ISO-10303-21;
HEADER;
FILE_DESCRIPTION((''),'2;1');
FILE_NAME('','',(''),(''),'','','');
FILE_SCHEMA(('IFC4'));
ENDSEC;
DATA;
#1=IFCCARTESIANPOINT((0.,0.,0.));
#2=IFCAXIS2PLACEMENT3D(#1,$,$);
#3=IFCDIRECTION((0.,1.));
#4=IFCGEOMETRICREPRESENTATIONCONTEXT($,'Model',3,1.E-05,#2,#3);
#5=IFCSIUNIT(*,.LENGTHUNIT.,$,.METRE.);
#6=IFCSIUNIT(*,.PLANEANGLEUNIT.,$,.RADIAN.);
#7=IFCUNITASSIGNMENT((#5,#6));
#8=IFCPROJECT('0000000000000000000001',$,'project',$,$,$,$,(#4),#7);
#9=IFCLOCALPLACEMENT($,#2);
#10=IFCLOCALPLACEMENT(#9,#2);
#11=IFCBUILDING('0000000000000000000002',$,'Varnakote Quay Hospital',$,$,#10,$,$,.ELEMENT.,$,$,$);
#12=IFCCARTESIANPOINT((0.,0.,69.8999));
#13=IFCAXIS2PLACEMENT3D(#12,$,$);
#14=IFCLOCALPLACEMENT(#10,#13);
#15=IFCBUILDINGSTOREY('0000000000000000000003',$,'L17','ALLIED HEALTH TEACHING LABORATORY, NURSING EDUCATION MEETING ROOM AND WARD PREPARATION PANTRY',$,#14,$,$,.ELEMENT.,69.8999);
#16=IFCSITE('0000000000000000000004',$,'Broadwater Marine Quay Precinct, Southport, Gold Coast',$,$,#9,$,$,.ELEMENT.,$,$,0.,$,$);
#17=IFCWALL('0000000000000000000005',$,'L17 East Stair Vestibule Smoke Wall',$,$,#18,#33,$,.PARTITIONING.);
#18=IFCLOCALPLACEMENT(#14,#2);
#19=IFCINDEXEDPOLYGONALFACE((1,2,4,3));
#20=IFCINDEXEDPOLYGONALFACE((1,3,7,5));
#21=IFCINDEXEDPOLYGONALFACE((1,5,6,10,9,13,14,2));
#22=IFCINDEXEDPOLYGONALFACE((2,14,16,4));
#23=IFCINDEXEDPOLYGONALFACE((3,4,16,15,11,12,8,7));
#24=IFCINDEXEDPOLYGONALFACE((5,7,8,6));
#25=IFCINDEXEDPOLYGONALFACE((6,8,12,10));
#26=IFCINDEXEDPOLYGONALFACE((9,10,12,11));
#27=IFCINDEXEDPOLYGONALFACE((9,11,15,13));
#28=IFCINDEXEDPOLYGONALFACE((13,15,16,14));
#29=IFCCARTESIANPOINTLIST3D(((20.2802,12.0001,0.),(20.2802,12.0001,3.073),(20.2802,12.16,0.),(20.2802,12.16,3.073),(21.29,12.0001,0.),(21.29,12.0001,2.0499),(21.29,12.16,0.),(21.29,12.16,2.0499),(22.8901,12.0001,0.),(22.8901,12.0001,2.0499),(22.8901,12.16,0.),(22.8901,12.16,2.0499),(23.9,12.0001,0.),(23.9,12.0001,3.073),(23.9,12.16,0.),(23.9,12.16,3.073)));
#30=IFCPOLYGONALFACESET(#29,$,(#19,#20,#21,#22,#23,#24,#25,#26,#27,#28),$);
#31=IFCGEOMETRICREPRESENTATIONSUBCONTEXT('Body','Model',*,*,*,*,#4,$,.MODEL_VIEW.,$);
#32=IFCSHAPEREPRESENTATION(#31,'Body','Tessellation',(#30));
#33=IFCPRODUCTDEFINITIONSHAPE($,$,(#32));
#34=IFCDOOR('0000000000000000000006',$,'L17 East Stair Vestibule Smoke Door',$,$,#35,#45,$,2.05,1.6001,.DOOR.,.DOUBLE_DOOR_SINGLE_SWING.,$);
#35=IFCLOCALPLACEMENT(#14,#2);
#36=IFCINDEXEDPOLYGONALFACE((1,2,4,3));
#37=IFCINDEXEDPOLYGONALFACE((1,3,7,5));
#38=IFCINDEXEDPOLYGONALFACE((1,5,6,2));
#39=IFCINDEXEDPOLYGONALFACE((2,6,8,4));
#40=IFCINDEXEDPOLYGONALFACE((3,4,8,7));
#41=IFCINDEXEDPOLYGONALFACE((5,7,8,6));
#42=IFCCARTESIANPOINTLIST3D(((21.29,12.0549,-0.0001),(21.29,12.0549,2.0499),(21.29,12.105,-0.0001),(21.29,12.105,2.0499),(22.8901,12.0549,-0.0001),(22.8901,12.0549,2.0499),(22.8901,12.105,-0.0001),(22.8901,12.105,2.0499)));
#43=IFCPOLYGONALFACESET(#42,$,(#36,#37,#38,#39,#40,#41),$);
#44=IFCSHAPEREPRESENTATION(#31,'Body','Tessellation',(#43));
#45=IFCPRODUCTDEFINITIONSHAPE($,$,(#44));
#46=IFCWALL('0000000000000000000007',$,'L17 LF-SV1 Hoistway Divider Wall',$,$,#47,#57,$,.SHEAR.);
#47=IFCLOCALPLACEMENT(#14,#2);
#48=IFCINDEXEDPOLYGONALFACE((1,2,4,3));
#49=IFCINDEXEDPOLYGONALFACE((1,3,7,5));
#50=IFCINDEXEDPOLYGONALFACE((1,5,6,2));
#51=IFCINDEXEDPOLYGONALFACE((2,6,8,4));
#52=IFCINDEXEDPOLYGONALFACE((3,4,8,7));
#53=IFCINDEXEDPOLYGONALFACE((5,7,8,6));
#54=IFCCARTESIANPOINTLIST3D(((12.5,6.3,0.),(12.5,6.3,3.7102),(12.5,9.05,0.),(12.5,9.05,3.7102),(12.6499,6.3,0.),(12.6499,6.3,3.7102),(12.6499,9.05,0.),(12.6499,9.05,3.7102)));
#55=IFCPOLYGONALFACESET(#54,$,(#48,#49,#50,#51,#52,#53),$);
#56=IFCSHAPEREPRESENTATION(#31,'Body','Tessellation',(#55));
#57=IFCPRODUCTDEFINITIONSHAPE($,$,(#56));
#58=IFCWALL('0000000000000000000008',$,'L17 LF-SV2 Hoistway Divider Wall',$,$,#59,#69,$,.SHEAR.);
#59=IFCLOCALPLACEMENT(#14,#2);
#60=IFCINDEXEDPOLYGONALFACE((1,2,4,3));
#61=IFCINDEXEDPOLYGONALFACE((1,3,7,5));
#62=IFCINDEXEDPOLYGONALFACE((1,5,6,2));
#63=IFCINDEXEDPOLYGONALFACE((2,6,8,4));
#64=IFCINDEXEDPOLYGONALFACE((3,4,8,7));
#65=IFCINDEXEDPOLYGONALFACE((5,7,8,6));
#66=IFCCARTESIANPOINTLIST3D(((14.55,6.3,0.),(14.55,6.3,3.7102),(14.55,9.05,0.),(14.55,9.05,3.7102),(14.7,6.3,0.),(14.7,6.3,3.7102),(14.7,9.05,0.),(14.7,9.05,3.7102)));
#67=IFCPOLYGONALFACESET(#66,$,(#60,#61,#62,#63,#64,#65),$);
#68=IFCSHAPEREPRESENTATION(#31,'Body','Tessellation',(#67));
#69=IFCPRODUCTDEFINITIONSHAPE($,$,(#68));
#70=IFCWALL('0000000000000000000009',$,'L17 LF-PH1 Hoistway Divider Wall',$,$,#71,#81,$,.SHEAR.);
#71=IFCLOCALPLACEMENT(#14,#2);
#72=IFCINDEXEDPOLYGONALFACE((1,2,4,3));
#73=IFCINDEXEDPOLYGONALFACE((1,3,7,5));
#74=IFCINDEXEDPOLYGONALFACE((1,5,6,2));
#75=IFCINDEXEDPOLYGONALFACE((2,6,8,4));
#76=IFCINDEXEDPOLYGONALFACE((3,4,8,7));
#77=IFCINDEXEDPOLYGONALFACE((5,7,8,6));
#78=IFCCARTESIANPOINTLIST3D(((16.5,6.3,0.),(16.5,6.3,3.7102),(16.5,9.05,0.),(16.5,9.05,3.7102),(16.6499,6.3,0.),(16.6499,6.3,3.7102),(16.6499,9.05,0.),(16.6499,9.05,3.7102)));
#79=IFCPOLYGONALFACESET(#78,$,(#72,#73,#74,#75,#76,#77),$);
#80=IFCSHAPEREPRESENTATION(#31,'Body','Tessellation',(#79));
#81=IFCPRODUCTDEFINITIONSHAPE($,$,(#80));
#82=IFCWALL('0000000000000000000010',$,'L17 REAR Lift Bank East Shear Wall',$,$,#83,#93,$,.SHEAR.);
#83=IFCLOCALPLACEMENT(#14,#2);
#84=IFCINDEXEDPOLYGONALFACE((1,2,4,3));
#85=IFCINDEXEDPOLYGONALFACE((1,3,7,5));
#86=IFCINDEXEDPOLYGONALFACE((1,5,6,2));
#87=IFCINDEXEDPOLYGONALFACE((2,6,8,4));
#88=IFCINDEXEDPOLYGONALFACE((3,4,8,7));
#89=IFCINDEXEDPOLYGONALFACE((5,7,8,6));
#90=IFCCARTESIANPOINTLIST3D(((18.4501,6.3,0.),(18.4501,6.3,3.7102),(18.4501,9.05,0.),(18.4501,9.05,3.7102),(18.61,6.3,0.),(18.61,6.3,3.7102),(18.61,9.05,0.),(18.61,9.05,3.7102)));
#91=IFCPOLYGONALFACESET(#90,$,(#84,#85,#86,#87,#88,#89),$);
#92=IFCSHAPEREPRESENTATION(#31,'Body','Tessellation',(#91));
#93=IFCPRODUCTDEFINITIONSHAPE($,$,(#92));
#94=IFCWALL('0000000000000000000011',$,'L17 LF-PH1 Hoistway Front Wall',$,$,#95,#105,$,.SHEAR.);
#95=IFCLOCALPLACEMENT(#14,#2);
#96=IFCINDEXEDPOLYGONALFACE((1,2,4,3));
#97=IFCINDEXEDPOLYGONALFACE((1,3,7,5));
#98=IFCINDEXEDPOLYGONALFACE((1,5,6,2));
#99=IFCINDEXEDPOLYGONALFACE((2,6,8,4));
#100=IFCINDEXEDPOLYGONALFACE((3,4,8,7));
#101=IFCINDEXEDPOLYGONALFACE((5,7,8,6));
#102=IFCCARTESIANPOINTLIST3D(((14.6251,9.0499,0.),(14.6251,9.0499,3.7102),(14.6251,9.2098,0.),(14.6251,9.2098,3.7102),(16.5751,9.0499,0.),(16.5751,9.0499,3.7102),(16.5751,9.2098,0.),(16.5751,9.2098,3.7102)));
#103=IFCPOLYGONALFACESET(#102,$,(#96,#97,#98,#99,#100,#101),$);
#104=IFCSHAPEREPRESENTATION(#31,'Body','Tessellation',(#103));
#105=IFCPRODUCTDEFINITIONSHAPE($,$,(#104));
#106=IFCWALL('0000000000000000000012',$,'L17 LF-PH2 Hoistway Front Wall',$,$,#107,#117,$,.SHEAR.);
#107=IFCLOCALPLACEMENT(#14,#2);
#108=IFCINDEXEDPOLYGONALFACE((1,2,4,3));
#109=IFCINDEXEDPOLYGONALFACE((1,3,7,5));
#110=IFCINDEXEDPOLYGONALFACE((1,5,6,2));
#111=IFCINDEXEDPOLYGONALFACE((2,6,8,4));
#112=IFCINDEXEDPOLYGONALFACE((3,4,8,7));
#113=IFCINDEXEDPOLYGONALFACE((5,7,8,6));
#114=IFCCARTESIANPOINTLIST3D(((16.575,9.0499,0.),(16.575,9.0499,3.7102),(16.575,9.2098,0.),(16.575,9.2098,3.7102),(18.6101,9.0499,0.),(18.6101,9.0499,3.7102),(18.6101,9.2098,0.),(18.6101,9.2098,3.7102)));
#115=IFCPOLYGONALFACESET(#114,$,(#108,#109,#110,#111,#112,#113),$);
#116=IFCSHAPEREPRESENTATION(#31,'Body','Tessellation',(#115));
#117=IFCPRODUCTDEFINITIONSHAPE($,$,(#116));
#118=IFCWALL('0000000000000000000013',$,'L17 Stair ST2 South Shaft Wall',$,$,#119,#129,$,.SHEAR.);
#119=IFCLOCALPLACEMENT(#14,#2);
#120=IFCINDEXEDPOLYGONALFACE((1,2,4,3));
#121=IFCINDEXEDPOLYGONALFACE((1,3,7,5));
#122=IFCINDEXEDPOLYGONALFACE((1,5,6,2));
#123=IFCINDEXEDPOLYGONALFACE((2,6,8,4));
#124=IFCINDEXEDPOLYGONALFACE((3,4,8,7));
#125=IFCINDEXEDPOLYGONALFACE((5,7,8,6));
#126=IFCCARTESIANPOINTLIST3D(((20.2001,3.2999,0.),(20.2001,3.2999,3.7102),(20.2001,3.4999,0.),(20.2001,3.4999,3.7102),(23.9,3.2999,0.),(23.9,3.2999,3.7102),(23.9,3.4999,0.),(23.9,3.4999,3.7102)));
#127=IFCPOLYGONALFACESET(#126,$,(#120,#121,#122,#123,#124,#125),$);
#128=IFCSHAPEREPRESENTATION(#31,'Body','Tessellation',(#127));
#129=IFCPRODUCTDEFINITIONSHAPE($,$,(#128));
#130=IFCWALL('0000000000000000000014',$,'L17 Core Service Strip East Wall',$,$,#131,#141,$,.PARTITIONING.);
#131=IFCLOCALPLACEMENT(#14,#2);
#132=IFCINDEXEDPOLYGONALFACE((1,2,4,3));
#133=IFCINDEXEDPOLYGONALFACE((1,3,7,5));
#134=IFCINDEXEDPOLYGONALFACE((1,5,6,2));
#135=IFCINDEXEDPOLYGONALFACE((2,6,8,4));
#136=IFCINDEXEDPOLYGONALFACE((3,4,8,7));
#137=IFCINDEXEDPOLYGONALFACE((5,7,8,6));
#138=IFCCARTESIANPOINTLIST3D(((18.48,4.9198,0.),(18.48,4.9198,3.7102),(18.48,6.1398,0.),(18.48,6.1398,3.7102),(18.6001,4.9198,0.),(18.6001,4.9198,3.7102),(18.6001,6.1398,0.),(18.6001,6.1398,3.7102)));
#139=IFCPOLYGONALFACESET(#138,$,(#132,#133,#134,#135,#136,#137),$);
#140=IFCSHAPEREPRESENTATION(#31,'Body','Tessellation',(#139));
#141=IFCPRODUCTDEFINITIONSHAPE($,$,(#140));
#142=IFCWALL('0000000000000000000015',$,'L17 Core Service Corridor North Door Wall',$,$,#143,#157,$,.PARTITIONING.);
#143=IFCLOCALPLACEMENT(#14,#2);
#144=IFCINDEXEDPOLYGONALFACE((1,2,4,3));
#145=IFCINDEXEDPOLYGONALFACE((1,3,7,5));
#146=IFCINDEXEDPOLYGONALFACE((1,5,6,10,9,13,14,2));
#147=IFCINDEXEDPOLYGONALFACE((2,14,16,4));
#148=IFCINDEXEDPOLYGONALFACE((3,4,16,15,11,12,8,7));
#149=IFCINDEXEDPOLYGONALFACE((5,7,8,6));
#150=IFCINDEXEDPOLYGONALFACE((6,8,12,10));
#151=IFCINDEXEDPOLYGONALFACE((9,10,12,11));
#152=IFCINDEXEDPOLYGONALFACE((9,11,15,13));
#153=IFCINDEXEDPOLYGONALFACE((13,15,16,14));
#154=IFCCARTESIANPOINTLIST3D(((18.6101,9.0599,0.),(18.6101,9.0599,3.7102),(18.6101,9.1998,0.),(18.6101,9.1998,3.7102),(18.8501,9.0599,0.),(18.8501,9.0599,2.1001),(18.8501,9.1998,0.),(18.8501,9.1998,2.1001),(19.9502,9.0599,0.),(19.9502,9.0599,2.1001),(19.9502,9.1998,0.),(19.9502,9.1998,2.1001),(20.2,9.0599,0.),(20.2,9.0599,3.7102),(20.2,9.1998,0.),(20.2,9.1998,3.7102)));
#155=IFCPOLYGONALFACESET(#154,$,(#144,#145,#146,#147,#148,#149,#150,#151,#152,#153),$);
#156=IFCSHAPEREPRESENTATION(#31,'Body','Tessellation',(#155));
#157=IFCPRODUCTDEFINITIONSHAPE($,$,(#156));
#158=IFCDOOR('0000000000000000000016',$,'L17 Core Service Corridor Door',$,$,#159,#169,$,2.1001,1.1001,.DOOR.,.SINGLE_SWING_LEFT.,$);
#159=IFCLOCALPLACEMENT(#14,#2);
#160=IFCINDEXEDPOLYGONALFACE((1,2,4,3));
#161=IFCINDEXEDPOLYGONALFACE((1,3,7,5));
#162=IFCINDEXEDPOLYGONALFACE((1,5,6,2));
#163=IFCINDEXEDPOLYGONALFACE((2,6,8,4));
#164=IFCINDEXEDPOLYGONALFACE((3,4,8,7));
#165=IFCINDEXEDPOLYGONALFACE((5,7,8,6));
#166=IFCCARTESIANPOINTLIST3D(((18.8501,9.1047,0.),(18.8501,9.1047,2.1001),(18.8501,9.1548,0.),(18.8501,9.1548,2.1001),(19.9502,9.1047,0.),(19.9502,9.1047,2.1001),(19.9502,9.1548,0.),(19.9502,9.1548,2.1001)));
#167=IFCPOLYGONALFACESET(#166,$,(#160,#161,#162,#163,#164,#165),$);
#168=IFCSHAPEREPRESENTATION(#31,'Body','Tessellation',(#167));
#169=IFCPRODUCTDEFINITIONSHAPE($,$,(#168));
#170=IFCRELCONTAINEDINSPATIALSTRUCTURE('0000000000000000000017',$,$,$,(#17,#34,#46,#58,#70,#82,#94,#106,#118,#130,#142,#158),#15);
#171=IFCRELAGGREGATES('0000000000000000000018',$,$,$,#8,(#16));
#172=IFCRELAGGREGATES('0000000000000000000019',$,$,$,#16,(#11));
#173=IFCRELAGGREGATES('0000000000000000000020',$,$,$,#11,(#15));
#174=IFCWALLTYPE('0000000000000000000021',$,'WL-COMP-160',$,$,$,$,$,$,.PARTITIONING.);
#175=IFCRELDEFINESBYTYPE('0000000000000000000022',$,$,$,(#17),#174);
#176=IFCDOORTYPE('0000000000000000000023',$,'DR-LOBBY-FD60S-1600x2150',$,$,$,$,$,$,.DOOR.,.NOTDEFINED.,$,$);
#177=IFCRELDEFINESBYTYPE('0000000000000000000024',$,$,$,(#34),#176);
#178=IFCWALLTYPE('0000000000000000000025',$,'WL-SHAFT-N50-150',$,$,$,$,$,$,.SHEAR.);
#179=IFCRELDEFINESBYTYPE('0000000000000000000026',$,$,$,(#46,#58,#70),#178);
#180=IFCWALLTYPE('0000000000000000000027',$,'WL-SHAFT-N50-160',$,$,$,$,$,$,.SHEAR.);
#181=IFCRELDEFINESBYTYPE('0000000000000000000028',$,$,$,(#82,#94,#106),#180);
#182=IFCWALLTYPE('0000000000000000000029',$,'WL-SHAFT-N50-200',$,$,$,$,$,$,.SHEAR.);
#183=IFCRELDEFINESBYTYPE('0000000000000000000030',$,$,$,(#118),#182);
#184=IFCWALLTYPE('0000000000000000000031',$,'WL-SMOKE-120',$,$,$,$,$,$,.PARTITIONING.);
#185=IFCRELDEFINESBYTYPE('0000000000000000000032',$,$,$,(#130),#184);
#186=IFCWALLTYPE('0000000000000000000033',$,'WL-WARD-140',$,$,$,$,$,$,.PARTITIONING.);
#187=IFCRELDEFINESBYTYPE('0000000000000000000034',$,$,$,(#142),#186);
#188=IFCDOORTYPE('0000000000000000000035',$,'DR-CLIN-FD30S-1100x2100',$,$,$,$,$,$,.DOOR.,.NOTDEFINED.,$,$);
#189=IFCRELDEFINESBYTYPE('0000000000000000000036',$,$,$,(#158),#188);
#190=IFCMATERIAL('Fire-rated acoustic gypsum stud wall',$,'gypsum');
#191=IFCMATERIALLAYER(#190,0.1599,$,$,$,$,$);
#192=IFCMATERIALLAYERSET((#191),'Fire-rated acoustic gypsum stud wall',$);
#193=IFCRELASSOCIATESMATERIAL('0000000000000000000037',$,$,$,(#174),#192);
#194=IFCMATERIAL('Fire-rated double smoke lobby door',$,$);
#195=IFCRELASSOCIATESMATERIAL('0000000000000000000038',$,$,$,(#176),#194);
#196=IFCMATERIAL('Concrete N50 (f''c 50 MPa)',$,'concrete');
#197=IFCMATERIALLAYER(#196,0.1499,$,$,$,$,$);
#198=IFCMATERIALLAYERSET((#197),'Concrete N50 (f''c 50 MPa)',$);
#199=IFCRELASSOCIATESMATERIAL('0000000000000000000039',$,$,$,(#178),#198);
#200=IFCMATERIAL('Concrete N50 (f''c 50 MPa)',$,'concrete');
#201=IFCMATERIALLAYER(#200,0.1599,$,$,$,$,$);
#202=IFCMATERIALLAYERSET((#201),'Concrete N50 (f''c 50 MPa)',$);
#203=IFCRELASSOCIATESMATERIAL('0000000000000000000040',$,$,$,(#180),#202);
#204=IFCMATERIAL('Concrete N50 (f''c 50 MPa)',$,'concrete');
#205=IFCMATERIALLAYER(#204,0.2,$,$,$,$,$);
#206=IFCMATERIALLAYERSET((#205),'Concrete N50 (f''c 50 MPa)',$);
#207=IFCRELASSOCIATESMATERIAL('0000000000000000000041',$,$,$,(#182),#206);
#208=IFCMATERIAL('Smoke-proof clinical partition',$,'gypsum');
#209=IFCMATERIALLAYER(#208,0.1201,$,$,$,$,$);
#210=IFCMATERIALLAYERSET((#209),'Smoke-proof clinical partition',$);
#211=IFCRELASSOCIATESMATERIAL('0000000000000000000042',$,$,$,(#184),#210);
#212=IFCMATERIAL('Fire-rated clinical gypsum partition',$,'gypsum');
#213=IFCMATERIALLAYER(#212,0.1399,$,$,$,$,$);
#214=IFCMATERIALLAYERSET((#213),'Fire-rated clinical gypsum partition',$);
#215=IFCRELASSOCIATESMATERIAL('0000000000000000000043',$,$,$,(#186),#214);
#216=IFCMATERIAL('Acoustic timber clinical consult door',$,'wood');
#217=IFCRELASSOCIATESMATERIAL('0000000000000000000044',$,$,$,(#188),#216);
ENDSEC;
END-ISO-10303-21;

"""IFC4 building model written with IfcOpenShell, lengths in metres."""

from ifc_helpers import new_model, si_unit, direction, frame, frame_2d, origin, place, context, subcontext, project, spatial, rectangle, extrude, material, layer, layer_set, type_object, element, fill, save


model = new_model("IFC4")

# Units and contexts
model_context = context("Model", 3, precision=1e-05, world=origin(), true_north=direction((0.0, 1.0)))
body_context = subcontext(model_context, "Body", "Model", "MODEL_VIEW")
ifc_project = project(units=[si_unit("LENGTHUNIT", "METRE"), si_unit("PLANEANGLEUNIT", "RADIAN")], contexts=[model_context])

# Site, building, storey
site_placement = place(None, origin())
site = spatial("IfcSite", under=ifc_project, at=site_placement, Name="Broadwater Marine Quay Precinct, Southport, Gold Coast", CompositionType="ELEMENT", RefElevation=0.0)
building_placement = place(site_placement, origin())
building = spatial("IfcBuilding", under=site, at=building_placement, Name="Varnakote Quay Hospital", CompositionType="ELEMENT")
storey_placement = place(building_placement, frame((0.0, 0.0, 69.8999)))
storey = spatial("IfcBuildingStorey", under=building, at=storey_placement, Name="L17", Description="ALLIED HEALTH TEACHING LABORATORY, NURSING EDUCATION MEETING ROOM AND WARD PREPARATION PANTRY", CompositionType="ELEMENT", Elevation=69.8999)

# Shared definitions
ifc_material_1 = material(Name="Fire-rated acoustic gypsum stud wall", Category="gypsum")
ifc_layer_1 = layer(ifc_material_1, 0.1599)
ifc_layer_set_1 = layer_set([ifc_layer_1], Name="Fire-rated acoustic gypsum stud wall")
wall_type_1 = type_object("IfcWallType", Name="WL-COMP-160", PredefinedType="PARTITIONING", material=ifc_layer_set_1)

# Shared definitions
ifc_material_2 = material(Name="Fire-rated double smoke lobby door")
door_type_1 = type_object("IfcDoorType", Name="DR-LOBBY-FD60S-1600x2150", OperationType="NOTDEFINED", PredefinedType="DOOR", material=ifc_material_2)

# Wall, opening, door
wall_1_placement = place(storey_placement, frame((20.28, 12.0801, 0.0), z_axis=(0.0, 0.0, 1.0), x_axis=(1.0, 0.0, 0.0)))
wall_1 = element("IfcWall", 1, at=wall_1_placement, inside=storey, type_object=wall_type_1, Name="L17 East Stair Vestibule Smoke Wall", PredefinedType="PARTITIONING", context=body_context, shape_type="SweptSolid", body=[
    extrude(rectangle(XDim=3.6199, YDim=0.1599, at=frame_2d((1.8101, 0.0))), origin(), (0.0, 0.0, 1.0), 3.073),
])
opening_1_placement = place(wall_1_placement, frame((1.01, 0.0, 0.0)))
opening_1 = element("IfcOpeningElement", 2, at=opening_1_placement, cuts=wall_1, PredefinedType="OPENING", context=body_context, shape_type="SweptSolid", body=[
    extrude(rectangle(XDim=1.6001, YDim=2.05, at=frame_2d((0.8, 1.0249))), frame((0.0, 0.0898, 0.0), z_axis=(0.0, -1.0, 0.0), x_axis=(1.0, 0.0, 0.0)), (0.0, 0.0, 1.0), 0.1799),
])
door_1_placement = place(opening_1_placement, origin())
door_1 = element("IfcDoor", 3, at=door_1_placement, inside=storey, type_object=door_type_1, Name="L17 East Stair Vestibule Smoke Door", OperationType="DOUBLE_DOOR_SINGLE_SWING", OverallHeight=2.05, OverallWidth=1.6001, PredefinedType="DOOR", context=body_context, shape_type="SweptSolid", body=[
    extrude(rectangle(XDim=1.6001, YDim=2.05, at=frame_2d((0.8, 1.0249))), frame((0.0, 0.0249, 0.0), z_axis=(0.0, -1.0, 0.0), x_axis=(1.0, 0.0, 0.0)), (0.0, 0.0, 1.0), 0.05),
])
fill(opening_1, door_1)

# Walls
ifc_material_3 = material(Name="Concrete N50 (f'c 50 MPa)", Category="concrete")
ifc_layer_2 = layer(ifc_material_3, 0.1499)
ifc_layer_set_2 = layer_set([ifc_layer_2], Name="Concrete N50 (f'c 50 MPa)")
wall_type_2 = type_object("IfcWallType", Name="WL-SHAFT-N50-150", PredefinedType="SHEAR", material=ifc_layer_set_2)
for number, where, z_axis, x_axis, name in (
    (4, (12.575, 6.3, 0.0), (0.0, 0.0, 1.0), (0.0, 1.0, 0.0), "L17 LF-SV1 Hoistway Divider Wall"),
    (5, (14.625, 6.3, 0.0), (0.0, 0.0, 1.0), (0.0, 1.0, 0.0), "L17 LF-SV2 Hoistway Divider Wall"),
    (6, (16.575, 6.3, 0.0), (0.0, 0.0, 1.0), (0.0, 1.0, 0.0), "L17 LF-PH1 Hoistway Divider Wall"),
):
    element("IfcWall", number, at=place(storey_placement, frame(where, z_axis=z_axis, x_axis=x_axis)), inside=storey, type_object=wall_type_2, Name=name, PredefinedType="SHEAR", context=body_context, shape_type="SweptSolid", body=[
        extrude(rectangle(XDim=2.75, YDim=0.1499, at=frame_2d((1.375, 0.0))), origin(), (0.0, 0.0, 1.0), 3.7102),
    ])
ifc_material_4 = material(Name="Concrete N50 (f'c 50 MPa)", Category="concrete")
ifc_layer_3 = layer(ifc_material_4, 0.1599)
ifc_layer_set_3 = layer_set([ifc_layer_3], Name="Concrete N50 (f'c 50 MPa)")
wall_type_3 = type_object("IfcWallType", Name="WL-SHAFT-N50-160", PredefinedType="SHEAR", material=ifc_layer_set_3)
wall_2_placement = place(storey_placement, frame((18.53, 6.3, 0.0), z_axis=(0.0, 0.0, 1.0), x_axis=(0.0, 1.0, 0.0)))
element("IfcWall", 7, at=wall_2_placement, inside=storey, type_object=wall_type_3, Name="L17 REAR Lift Bank East Shear Wall", PredefinedType="SHEAR", context=body_context, shape_type="SweptSolid", body=[
    extrude(rectangle(XDim=2.75, YDim=0.1599, at=frame_2d((1.375, 0.0))), origin(), (0.0, 0.0, 1.0), 3.7102),
])

# Walls
wall_3_placement = place(storey_placement, frame((14.625, 9.1299, 0.0), z_axis=(0.0, 0.0, 1.0), x_axis=(1.0, 0.0, 0.0)))
element("IfcWall", 8, at=wall_3_placement, inside=storey, type_object=wall_type_3, Name="L17 LF-PH1 Hoistway Front Wall", PredefinedType="SHEAR", context=body_context, shape_type="SweptSolid", body=[
    extrude(rectangle(XDim=1.95, YDim=0.1599, at=frame_2d((0.9751, 0.0))), origin(), (0.0, 0.0, 1.0), 3.7102),
])
wall_4_placement = place(storey_placement, frame((16.575, 9.1299, 0.0), z_axis=(0.0, 0.0, 1.0), x_axis=(1.0, 0.0, 0.0)))
element("IfcWall", 9, at=wall_4_placement, inside=storey, type_object=wall_type_3, Name="L17 LF-PH2 Hoistway Front Wall", PredefinedType="SHEAR", context=body_context, shape_type="SweptSolid", body=[
    extrude(rectangle(XDim=2.0352, YDim=0.1599, at=frame_2d((1.0176, 0.0))), origin(), (0.0, 0.0, 1.0), 3.7102),
])
ifc_material_5 = material(Name="Concrete N50 (f'c 50 MPa)", Category="concrete")
ifc_layer_4 = layer(ifc_material_5, 0.2)
ifc_layer_set_4 = layer_set([ifc_layer_4], Name="Concrete N50 (f'c 50 MPa)")
wall_type_4 = type_object("IfcWallType", Name="WL-SHAFT-N50-200", PredefinedType="SHEAR", material=ifc_layer_set_4)
wall_5_placement = place(storey_placement, frame((20.2, 3.3999, 0.0), z_axis=(0.0, 0.0, 1.0), x_axis=(1.0, 0.0, 0.0)))
element("IfcWall", 10, at=wall_5_placement, inside=storey, type_object=wall_type_4, Name="L17 Stair ST2 South Shaft Wall", PredefinedType="SHEAR", context=body_context, shape_type="SweptSolid", body=[
    extrude(rectangle(XDim=3.7, YDim=0.2, at=frame_2d((1.8501, 0.0))), origin(), (0.0, 0.0, 1.0), 3.7102),
])

# Wall
ifc_material_6 = material(Name="Smoke-proof clinical partition", Category="gypsum")
ifc_layer_5 = layer(ifc_material_6, 0.1201)
ifc_layer_set_5 = layer_set([ifc_layer_5], Name="Smoke-proof clinical partition")
wall_type_5 = type_object("IfcWallType", Name="WL-SMOKE-120", PredefinedType="PARTITIONING", material=ifc_layer_set_5)
wall_6_placement = place(storey_placement, frame((18.54, 4.9199, 0.0), z_axis=(0.0, 0.0, 1.0), x_axis=(0.0, 1.0, 0.0)))
element("IfcWall", 11, at=wall_6_placement, inside=storey, type_object=wall_type_5, Name="L17 Core Service Strip East Wall", PredefinedType="PARTITIONING", context=body_context, shape_type="SweptSolid", body=[
    extrude(rectangle(XDim=1.22, YDim=0.1201, at=frame_2d((0.6099, 0.0))), origin(), (0.0, 0.0, 1.0), 3.7102),
])

# Wall, opening, door
ifc_material_7 = material(Name="Fire-rated clinical gypsum partition", Category="gypsum")
ifc_layer_6 = layer(ifc_material_7, 0.1399)
ifc_layer_set_6 = layer_set([ifc_layer_6], Name="Fire-rated clinical gypsum partition")
wall_type_6 = type_object("IfcWallType", Name="WL-WARD-140", PredefinedType="PARTITIONING", material=ifc_layer_set_6)
wall_7_placement = place(storey_placement, frame((18.6101, 9.1299, 0.0), z_axis=(0.0, 0.0, 1.0), x_axis=(1.0, 0.0, 0.0)))
wall_7 = element("IfcWall", 12, at=wall_7_placement, inside=storey, type_object=wall_type_6, Name="L17 Core Service Corridor North Door Wall", PredefinedType="PARTITIONING", context=body_context, shape_type="SweptSolid", body=[
    extrude(rectangle(XDim=1.5898, YDim=0.1399, at=frame_2d((0.7949, 0.0))), origin(), (0.0, 0.0, 1.0), 3.7102),
])
opening_2_placement = place(wall_7_placement, frame((0.24, 0.0, 0.0)))
opening_2 = element("IfcOpeningElement", 13, at=opening_2_placement, cuts=wall_7, PredefinedType="OPENING", context=body_context, shape_type="SweptSolid", body=[
    extrude(rectangle(XDim=1.1001, YDim=2.1001, at=frame_2d((0.55, 1.05))), frame((0.0, 0.0798, 0.0), z_axis=(0.0, -1.0, 0.0), x_axis=(1.0, 0.0, 0.0)), (0.0, 0.0, 1.0), 0.1599),
])
ifc_material_8 = material(Name="Acoustic timber clinical consult door", Category="wood")
door_type_2 = type_object("IfcDoorType", Name="DR-CLIN-FD30S-1100x2100", OperationType="NOTDEFINED", PredefinedType="DOOR", material=ifc_material_8)
door_2_placement = place(opening_2_placement, origin())
door_2 = element("IfcDoor", 14, at=door_2_placement, inside=storey, type_object=door_type_2, Name="L17 Core Service Corridor Door", OperationType="SINGLE_SWING_LEFT", OverallHeight=2.1001, OverallWidth=1.1001, PredefinedType="DOOR", context=body_context, shape_type="SweptSolid", body=[
    extrude(rectangle(XDim=1.1001, YDim=2.1001, at=frame_2d((0.55, 1.05))), frame((0.0, 0.0249, 0.0), z_axis=(0.0, -1.0, 0.0), x_axis=(1.0, 0.0, 0.0)), (0.0, 0.0, 1.0), 0.05),
])
fill(opening_2, door_2)

save(model, "model.ifc")
